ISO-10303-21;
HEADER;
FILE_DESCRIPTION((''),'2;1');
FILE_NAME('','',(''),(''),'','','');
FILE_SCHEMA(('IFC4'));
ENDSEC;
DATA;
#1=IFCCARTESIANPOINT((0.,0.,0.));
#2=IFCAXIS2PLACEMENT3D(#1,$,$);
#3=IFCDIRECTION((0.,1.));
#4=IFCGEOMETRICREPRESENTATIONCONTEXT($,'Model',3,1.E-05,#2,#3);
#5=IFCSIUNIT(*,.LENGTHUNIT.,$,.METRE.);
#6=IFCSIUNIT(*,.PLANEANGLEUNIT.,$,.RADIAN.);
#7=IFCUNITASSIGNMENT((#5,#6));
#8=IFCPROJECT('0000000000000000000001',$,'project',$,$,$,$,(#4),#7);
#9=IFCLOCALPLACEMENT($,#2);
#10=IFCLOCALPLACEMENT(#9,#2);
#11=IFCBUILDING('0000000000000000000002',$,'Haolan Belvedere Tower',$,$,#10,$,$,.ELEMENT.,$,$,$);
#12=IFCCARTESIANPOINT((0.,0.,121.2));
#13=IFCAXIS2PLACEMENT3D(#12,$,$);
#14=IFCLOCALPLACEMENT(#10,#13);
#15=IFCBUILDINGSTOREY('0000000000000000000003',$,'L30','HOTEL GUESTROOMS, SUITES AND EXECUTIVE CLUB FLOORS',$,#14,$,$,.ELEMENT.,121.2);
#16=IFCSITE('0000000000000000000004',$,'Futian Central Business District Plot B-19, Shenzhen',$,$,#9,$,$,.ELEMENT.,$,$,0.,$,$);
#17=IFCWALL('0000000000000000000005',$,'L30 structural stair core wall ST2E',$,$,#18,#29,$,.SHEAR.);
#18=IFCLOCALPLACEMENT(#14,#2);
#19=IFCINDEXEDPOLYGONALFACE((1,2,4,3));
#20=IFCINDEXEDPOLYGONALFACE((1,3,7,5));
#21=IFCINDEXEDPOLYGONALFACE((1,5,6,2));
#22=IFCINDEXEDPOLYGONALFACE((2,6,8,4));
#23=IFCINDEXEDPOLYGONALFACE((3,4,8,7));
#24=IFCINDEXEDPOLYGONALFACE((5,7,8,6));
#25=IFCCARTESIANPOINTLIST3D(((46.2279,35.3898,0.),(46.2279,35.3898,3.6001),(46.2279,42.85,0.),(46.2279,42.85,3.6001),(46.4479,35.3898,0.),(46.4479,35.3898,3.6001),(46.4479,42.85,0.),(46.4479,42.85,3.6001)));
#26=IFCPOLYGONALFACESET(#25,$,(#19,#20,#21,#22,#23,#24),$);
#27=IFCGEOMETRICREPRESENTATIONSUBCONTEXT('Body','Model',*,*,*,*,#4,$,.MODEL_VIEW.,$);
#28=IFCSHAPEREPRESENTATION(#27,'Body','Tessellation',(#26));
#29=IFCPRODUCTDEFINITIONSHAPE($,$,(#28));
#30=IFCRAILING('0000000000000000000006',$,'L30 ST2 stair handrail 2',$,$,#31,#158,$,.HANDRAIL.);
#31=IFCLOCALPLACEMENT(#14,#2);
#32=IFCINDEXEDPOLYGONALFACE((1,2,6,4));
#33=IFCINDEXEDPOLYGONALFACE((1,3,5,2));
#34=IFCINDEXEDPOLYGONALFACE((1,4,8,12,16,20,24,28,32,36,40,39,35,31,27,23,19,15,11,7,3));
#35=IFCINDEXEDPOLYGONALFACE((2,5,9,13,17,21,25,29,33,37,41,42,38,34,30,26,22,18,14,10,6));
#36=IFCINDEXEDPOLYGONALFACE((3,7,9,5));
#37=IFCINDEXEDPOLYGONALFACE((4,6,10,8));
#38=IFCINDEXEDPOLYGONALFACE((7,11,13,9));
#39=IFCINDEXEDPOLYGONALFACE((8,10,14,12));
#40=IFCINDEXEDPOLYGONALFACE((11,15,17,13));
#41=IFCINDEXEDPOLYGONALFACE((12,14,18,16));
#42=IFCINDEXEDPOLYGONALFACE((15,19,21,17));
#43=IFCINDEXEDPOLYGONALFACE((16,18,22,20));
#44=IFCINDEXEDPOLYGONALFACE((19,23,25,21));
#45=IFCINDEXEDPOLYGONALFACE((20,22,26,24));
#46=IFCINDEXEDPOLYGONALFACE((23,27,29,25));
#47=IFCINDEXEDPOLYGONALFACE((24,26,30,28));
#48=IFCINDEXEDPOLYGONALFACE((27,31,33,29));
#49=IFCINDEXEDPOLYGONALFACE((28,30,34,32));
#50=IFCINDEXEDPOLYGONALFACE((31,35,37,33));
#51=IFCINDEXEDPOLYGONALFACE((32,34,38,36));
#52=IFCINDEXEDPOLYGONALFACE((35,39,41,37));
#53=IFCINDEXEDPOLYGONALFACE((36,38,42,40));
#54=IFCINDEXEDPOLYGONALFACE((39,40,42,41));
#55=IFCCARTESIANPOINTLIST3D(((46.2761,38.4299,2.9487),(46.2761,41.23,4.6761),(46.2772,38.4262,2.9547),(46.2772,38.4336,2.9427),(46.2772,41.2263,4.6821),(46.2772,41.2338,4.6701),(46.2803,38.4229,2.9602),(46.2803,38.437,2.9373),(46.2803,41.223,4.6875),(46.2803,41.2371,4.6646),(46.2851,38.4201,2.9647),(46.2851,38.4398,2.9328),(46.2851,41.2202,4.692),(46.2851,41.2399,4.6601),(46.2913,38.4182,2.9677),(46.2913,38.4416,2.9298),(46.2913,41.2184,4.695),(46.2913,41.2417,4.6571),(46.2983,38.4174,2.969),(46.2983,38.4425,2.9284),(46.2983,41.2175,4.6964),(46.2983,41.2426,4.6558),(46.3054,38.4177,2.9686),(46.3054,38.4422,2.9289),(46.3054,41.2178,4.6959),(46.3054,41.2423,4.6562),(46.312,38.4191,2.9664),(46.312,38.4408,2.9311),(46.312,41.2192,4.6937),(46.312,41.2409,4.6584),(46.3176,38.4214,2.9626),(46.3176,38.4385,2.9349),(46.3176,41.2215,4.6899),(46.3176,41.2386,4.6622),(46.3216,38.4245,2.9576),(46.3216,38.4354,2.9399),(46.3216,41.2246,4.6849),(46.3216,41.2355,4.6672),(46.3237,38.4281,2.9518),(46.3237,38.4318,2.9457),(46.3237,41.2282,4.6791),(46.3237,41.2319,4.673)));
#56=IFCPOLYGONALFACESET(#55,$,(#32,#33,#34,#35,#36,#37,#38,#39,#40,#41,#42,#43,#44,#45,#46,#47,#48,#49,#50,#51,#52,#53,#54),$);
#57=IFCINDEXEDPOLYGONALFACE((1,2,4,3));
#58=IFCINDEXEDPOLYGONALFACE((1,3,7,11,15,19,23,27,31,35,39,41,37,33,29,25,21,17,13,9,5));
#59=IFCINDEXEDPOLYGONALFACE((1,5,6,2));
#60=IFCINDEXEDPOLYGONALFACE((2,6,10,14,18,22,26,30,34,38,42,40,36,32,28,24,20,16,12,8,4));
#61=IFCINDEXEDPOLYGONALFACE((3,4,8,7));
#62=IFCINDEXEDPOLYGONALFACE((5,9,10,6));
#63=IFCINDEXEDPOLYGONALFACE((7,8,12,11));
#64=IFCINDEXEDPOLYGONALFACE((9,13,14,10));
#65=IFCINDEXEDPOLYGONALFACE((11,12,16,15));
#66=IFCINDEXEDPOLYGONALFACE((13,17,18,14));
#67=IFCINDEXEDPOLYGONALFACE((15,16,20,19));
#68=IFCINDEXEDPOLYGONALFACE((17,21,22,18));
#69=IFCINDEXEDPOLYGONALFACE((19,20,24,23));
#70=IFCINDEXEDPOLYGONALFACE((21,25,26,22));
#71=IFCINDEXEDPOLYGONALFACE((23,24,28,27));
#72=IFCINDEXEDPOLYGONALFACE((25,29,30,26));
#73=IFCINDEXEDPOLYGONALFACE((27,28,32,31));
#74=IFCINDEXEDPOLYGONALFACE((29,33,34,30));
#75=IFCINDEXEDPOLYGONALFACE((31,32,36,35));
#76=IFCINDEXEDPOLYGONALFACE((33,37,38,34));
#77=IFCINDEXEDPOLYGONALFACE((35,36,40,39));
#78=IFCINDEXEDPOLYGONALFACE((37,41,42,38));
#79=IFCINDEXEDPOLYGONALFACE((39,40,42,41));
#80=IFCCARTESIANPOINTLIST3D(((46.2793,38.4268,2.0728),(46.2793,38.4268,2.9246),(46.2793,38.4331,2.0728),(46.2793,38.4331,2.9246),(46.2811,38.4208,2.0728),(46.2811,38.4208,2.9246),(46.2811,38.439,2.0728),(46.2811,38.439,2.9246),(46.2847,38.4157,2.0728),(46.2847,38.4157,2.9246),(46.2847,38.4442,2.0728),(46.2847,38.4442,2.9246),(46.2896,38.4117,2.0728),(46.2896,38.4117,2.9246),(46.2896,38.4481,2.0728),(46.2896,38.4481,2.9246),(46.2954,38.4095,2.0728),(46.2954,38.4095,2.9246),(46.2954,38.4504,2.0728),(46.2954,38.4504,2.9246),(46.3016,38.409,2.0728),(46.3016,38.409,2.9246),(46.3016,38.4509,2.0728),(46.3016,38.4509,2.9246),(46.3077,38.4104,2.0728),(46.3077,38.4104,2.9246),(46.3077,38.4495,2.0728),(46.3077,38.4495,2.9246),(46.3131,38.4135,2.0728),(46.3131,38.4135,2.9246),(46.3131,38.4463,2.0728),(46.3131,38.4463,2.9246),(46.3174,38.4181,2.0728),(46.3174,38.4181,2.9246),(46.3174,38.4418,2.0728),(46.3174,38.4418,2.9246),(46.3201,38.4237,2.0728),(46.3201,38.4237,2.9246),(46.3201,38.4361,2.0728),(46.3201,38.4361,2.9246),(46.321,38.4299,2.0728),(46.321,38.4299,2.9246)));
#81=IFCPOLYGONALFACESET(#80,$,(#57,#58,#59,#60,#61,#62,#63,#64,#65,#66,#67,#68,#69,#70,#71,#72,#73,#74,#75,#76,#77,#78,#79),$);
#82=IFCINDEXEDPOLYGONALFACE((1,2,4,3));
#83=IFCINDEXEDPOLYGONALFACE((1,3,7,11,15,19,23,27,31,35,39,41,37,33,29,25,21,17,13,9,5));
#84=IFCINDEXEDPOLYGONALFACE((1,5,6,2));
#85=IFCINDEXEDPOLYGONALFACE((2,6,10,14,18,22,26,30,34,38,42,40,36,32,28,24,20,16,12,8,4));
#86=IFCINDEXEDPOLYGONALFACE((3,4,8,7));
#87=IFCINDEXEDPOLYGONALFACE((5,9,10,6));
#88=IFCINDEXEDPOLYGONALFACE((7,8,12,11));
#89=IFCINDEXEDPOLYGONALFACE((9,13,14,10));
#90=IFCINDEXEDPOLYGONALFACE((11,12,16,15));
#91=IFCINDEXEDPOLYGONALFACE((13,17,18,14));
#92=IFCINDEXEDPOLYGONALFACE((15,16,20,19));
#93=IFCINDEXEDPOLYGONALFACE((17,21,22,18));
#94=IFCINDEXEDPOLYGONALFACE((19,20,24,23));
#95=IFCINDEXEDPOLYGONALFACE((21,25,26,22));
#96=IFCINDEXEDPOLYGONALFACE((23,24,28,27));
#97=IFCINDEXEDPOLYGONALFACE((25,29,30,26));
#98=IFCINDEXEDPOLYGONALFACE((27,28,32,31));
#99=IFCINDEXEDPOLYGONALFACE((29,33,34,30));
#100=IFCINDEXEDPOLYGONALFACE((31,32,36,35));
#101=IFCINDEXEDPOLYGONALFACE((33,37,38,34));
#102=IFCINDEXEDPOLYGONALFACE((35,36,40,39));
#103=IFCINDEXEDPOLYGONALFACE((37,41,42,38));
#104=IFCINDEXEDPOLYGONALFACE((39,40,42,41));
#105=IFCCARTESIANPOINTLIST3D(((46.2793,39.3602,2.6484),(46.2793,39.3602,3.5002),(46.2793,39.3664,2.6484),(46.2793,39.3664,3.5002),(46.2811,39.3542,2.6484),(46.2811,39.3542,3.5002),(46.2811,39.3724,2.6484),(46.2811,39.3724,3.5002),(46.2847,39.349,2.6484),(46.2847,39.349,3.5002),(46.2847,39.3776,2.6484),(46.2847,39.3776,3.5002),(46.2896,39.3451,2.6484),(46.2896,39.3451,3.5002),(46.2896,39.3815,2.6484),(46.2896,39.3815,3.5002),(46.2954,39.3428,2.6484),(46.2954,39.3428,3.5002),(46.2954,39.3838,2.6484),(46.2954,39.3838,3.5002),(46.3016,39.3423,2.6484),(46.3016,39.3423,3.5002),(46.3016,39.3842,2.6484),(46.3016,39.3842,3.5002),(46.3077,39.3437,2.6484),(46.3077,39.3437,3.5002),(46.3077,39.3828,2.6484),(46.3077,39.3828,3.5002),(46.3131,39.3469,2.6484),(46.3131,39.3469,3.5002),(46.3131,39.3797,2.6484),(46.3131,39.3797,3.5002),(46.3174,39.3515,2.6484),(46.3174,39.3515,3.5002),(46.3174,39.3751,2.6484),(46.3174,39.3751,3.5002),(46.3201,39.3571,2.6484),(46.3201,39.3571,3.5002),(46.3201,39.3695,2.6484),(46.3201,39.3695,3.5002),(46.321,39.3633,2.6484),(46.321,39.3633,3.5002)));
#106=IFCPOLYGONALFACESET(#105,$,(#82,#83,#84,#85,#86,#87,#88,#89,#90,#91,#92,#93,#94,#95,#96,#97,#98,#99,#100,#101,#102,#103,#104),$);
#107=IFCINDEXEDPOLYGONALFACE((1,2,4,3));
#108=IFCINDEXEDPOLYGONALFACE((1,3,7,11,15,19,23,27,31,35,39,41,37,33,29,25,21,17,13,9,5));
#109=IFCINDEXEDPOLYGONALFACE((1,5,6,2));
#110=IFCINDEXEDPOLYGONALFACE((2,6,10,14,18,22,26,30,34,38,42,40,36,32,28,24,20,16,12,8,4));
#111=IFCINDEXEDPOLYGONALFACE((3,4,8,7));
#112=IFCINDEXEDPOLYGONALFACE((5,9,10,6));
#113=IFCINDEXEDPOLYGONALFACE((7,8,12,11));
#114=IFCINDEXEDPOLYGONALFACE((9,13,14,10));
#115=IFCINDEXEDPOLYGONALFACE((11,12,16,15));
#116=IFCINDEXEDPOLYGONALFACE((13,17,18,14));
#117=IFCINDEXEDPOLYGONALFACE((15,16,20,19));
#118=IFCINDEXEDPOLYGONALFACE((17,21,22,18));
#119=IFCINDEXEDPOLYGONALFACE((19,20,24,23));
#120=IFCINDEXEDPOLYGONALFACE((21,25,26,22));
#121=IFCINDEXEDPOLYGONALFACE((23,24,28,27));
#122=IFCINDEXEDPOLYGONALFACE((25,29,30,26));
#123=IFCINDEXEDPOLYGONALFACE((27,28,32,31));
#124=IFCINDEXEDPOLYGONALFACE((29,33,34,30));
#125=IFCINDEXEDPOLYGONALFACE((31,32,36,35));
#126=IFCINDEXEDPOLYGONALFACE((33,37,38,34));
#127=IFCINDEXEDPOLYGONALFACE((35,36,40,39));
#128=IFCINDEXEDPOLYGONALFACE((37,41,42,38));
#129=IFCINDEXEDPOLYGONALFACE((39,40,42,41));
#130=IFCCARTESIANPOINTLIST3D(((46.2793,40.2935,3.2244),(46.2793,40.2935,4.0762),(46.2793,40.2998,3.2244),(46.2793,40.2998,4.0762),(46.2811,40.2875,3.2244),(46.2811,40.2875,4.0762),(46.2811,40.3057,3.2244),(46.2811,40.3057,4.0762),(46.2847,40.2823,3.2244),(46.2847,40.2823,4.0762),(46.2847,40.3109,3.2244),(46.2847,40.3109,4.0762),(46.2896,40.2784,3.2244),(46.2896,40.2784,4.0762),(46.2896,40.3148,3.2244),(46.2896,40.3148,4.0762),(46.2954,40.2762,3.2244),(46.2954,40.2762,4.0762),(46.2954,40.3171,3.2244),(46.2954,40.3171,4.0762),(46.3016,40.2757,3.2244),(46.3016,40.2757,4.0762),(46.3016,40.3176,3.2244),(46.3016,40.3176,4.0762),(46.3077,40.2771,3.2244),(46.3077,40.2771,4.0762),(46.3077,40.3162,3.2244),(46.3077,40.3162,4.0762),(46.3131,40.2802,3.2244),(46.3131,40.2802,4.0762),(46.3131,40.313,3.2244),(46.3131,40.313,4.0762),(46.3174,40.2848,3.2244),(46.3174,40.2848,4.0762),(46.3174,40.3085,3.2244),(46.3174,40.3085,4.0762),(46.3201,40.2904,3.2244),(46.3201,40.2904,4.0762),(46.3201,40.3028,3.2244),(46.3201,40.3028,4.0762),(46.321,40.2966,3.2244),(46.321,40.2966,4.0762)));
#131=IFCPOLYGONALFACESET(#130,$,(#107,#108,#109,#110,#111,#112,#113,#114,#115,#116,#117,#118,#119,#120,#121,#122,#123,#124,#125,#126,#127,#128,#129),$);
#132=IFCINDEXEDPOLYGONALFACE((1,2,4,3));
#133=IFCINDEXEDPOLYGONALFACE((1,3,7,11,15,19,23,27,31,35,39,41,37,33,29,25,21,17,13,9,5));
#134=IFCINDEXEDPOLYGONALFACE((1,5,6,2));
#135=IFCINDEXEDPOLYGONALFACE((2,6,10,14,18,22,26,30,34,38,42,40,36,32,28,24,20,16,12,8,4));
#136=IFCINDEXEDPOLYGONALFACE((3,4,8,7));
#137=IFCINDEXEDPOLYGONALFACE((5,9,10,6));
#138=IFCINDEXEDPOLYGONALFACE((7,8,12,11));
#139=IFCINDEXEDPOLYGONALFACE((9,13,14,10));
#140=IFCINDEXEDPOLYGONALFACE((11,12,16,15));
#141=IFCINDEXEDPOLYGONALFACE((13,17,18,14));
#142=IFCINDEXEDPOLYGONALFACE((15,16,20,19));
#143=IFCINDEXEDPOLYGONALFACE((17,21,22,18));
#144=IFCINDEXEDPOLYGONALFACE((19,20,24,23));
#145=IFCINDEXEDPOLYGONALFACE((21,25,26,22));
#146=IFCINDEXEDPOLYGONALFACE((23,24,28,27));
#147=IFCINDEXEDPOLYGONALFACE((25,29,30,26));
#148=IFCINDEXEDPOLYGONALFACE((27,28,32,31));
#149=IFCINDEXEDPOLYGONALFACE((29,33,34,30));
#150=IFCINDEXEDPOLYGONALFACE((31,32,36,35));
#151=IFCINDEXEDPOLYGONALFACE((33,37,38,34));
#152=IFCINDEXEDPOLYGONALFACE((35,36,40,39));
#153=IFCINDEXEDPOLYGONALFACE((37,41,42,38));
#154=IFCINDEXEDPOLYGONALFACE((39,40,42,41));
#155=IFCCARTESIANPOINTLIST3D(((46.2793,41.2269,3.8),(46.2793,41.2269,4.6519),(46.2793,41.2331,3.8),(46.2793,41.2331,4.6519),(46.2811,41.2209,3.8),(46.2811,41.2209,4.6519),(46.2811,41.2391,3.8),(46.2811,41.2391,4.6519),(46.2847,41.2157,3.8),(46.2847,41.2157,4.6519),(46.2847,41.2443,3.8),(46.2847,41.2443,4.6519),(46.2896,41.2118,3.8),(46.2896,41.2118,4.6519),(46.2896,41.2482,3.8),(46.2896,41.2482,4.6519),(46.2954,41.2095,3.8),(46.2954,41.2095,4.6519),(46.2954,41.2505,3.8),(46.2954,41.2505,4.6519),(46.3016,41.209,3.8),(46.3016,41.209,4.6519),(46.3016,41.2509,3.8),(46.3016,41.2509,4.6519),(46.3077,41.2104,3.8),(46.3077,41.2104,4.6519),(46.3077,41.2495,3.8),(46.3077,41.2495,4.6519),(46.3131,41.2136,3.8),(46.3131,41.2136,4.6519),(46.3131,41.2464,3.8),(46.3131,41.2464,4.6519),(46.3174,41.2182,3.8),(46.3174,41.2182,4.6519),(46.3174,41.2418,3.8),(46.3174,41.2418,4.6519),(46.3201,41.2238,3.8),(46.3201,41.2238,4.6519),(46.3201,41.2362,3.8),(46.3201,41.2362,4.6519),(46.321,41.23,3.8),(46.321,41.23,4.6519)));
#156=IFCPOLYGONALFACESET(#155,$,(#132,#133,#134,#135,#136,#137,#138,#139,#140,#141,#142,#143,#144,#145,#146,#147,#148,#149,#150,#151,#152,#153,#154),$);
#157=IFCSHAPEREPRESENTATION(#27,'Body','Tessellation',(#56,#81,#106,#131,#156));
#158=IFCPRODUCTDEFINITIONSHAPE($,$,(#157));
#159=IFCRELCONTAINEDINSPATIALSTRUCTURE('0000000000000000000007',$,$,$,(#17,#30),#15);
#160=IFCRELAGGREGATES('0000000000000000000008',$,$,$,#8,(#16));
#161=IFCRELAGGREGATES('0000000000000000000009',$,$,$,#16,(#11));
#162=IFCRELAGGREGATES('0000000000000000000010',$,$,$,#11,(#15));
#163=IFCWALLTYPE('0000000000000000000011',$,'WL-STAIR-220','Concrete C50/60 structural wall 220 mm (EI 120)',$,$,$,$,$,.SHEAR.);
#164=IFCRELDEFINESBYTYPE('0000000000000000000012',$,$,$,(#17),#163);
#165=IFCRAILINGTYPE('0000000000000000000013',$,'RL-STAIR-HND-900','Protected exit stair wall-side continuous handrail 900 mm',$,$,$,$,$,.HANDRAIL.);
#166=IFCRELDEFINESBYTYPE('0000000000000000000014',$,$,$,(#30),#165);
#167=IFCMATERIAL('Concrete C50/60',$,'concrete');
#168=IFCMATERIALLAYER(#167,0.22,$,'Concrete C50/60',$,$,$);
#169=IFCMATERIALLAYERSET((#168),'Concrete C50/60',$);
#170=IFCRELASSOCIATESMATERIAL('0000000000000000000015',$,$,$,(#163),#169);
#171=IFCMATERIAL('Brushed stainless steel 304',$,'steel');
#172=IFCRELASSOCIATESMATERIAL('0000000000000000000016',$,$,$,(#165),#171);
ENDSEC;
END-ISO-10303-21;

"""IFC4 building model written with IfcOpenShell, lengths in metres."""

from ifc_helpers import new_model, si_unit, direction, frame, frame_2d, origin, origin_2d, place, context, subcontext, project, spatial, rectangle, circle, extrude, material, layer, layer_set, type_object, element, save


model = new_model("IFC4")

# Units and contexts
model_context = context("Model", 3, precision=1e-05, world=origin(), true_north=direction((0.0, 1.0)))
body_context = subcontext(model_context, "Body", "Model", "MODEL_VIEW")
ifc_project = project(units=[si_unit("LENGTHUNIT", "METRE"), si_unit("PLANEANGLEUNIT", "RADIAN")], contexts=[model_context])

# Site, building, storey
site_placement = place(None, origin())
site = spatial("IfcSite", under=ifc_project, at=site_placement, Name="Futian Central Business District Plot B-19, Shenzhen", CompositionType="ELEMENT", RefElevation=0.0)
building_placement = place(site_placement, origin())
building = spatial("IfcBuilding", under=site, at=building_placement, Name="Haolan Belvedere Tower", CompositionType="ELEMENT")
storey_placement = place(building_placement, frame((0.0, 0.0, 121.2)))
storey = spatial("IfcBuildingStorey", under=building, at=storey_placement, Name="L30", Description="HOTEL GUESTROOMS, SUITES AND EXECUTIVE CLUB FLOORS", CompositionType="ELEMENT", Elevation=121.2)

# Wall
ifc_material_1 = material(Name="Concrete C50/60", Category="concrete")
ifc_layer_1 = layer(ifc_material_1, 0.22, Name="Concrete C50/60")
ifc_layer_set_1 = layer_set([ifc_layer_1], Name="Concrete C50/60")
wall_type_1 = type_object("IfcWallType", Name="WL-STAIR-220", Description="Concrete C50/60 structural wall 220 mm (EI 120)", PredefinedType="SHEAR", material=ifc_layer_set_1)
wall_1_placement = place(storey_placement, frame((46.3379, 35.3899, 0.0), z_axis=(0.0, 0.0, 1.0), x_axis=(0.0, 1.0, 0.0)))
element("IfcWall", 1, at=wall_1_placement, inside=storey, type_object=wall_type_1, Name="L30 structural stair core wall ST2E", PredefinedType="SHEAR", context=body_context, shape_type="SweptSolid", body=[
    extrude(rectangle(XDim=7.4602, YDim=0.22, at=frame_2d((3.73, 0.0))), origin(), (0.0, 0.0, 1.0), 3.6001),
])

# Railing
ifc_material_2 = material(Name="Brushed stainless steel 304", Category="steel")
railing_type = type_object("IfcRailingType", Name="RL-STAIR-HND-900", Description="Protected exit stair wall-side continuous handrail 900 mm", PredefinedType="HANDRAIL", material=ifc_material_2)
railing_placement = place(storey_placement, frame((46.3, 38.4299, 2.0728)))
element("IfcRailing", 2, at=railing_placement, inside=storey, type_object=railing_type, Name="L30 ST2 stair handrail 2", PredefinedType="HANDRAIL", context=body_context, shape_type="SweptSolid", body=[
    extrude(circle(Radius=0.0239, at=origin_2d()), frame((0.0, 0.0, 0.876), z_axis=(0.0, 0.85109, 0.52502), x_axis=(-1.0, 0.0, 0.0)), (0.0, 0.0, 1.0), 3.29),
    extrude(circle(Radius=0.021, at=origin_2d()), origin(), (0.0, 0.0, 1.0), 0.8518),
    extrude(circle(Radius=0.021, at=origin_2d()), frame((0.0, 0.9333, 0.5757)), (0.0, 0.0, 1.0), 0.8518),
    extrude(circle(Radius=0.021, at=origin_2d()), frame((0.0, 1.8667, 1.1516)), (0.0, 0.0, 1.0), 0.8518),
    extrude(circle(Radius=0.021, at=origin_2d()), frame((0.0, 2.8, 1.7273)), (0.0, 0.0, 1.0), 0.8518),
])

save(model, "model.ifc")
